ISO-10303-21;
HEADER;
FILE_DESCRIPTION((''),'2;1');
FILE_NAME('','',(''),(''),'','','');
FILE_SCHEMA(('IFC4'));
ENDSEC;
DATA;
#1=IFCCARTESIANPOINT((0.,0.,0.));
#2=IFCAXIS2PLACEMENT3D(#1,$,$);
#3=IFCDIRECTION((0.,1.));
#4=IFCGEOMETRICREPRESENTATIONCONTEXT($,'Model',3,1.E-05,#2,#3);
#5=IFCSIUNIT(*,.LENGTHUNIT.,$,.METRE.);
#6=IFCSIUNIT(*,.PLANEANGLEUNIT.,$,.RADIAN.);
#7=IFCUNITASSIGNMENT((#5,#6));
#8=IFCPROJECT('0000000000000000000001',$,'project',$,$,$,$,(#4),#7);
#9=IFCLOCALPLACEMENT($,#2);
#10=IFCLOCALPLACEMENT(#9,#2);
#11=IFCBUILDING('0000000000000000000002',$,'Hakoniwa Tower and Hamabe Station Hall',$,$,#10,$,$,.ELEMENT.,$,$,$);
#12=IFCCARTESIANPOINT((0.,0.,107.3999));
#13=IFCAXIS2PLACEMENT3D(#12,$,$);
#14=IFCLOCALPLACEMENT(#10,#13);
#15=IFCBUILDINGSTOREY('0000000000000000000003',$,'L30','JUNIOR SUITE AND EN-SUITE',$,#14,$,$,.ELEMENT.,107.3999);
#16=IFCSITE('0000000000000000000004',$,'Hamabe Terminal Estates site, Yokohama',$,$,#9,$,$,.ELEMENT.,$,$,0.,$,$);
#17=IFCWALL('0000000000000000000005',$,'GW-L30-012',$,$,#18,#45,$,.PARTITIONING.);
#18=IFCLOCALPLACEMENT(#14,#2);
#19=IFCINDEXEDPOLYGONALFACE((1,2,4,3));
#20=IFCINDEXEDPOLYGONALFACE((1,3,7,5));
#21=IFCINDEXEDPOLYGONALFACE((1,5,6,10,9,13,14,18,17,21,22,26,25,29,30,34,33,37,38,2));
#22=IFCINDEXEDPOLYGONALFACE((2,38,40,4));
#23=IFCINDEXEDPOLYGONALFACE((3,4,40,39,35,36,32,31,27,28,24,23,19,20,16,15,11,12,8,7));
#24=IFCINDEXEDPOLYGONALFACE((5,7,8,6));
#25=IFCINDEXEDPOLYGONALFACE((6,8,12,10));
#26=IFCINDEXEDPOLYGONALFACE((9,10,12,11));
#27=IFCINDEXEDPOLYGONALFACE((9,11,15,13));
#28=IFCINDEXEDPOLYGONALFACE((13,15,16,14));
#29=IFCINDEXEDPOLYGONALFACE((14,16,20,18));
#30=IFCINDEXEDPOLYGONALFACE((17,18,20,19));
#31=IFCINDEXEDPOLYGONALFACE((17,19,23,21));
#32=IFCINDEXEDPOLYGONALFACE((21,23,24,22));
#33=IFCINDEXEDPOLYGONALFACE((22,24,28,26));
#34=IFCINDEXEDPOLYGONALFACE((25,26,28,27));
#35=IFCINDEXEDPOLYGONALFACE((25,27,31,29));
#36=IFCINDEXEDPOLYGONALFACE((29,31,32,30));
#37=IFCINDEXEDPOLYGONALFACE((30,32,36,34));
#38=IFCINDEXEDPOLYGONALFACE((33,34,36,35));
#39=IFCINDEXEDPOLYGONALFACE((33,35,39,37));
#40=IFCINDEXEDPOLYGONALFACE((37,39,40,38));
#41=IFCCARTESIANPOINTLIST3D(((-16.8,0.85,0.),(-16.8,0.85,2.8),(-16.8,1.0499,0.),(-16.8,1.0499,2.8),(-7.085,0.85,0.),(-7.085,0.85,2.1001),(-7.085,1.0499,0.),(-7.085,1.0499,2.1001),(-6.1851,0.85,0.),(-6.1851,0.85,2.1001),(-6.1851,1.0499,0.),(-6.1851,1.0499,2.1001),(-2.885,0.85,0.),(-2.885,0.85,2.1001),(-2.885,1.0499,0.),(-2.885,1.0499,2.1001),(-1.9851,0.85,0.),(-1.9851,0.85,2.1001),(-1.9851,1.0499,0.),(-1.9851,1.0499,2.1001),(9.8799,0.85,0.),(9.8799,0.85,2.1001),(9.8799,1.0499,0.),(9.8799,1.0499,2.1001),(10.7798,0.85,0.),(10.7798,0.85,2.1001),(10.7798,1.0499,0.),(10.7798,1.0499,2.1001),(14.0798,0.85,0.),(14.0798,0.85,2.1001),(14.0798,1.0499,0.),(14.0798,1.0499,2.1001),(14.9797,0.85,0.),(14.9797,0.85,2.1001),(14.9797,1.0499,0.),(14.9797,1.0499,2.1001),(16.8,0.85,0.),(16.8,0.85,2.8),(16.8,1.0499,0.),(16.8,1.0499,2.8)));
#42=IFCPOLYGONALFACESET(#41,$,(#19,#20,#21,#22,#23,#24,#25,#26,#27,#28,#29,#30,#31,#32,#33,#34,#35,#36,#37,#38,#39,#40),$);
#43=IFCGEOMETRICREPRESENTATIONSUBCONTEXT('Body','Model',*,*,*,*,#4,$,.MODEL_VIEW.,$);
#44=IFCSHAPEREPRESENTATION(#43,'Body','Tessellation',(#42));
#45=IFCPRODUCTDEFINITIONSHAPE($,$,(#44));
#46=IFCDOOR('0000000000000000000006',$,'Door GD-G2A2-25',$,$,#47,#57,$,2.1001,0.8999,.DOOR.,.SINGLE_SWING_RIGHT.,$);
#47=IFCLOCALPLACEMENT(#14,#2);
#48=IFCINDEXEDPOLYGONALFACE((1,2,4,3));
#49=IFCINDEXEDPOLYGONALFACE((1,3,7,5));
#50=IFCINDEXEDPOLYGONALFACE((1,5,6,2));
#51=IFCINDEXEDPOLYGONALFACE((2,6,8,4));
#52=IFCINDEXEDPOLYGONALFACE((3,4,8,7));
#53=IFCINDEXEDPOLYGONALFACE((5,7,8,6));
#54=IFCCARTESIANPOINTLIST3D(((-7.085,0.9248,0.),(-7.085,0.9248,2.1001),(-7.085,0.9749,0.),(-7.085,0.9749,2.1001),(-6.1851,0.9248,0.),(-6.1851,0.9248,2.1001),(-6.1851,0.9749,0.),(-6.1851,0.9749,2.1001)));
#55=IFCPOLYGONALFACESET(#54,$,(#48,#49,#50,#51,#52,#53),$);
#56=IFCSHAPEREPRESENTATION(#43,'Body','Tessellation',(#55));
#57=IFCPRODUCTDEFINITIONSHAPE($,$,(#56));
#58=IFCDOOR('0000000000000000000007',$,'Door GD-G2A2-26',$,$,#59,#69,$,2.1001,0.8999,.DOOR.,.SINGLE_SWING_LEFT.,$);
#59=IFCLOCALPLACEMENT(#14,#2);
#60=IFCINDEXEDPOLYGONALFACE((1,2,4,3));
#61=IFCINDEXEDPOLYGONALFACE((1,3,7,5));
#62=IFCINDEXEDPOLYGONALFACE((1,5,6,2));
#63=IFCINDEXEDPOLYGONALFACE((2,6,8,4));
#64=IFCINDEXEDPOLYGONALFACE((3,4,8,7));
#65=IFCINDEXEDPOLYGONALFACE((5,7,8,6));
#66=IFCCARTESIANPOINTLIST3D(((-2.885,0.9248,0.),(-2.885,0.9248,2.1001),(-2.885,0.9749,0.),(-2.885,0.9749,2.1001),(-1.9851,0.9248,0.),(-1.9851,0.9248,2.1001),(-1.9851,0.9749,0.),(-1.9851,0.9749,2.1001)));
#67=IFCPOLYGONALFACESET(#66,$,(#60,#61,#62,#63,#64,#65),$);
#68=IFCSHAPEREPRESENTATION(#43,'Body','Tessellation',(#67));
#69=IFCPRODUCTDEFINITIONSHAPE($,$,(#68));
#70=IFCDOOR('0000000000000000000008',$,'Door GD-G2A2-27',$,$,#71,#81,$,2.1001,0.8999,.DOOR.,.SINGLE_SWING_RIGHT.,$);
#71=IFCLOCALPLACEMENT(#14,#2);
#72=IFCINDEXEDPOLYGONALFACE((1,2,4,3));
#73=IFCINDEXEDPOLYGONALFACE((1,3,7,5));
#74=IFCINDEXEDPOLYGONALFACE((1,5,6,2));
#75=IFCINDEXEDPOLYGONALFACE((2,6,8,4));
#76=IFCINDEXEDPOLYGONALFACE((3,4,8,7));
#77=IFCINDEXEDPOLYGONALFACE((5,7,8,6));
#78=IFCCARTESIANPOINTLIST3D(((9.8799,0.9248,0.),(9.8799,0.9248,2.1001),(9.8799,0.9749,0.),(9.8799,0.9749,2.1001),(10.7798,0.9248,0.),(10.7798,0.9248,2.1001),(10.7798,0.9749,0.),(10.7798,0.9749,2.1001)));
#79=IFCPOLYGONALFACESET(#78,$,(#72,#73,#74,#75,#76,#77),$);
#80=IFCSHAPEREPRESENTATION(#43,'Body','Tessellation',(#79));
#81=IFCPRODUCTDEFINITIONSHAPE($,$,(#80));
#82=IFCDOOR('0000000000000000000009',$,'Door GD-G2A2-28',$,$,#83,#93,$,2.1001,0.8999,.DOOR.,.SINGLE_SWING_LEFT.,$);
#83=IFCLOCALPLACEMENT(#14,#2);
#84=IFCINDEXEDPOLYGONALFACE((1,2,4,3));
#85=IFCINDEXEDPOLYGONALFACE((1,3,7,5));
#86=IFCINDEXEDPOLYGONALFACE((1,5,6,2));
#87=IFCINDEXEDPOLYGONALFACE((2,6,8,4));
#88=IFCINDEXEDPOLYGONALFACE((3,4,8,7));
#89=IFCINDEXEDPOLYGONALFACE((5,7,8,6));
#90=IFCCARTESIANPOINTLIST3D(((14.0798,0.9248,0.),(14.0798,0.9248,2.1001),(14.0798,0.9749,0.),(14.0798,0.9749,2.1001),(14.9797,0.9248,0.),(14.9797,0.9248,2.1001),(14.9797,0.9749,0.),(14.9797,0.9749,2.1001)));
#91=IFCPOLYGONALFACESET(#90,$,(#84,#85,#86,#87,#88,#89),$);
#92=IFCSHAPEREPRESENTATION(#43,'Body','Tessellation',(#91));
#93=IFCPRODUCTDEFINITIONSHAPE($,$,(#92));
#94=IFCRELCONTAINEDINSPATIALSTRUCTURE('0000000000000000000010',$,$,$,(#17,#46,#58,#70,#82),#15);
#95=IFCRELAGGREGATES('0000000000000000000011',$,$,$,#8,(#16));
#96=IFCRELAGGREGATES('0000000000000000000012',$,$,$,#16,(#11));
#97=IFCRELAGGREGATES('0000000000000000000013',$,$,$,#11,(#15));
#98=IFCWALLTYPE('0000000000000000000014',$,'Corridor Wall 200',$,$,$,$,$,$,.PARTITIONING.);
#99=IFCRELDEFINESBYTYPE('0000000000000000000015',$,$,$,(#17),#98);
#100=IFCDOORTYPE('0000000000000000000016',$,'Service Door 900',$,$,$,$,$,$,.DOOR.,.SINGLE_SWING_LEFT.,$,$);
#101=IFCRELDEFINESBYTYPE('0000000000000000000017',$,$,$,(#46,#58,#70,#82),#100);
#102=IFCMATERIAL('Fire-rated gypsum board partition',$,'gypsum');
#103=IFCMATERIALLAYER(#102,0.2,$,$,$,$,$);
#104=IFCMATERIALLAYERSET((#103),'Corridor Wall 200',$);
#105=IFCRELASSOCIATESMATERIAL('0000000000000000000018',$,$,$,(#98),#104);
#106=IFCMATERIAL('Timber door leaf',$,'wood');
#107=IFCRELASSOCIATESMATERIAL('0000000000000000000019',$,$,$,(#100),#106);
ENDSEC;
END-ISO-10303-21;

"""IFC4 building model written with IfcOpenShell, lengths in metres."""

from ifc_helpers import new_model, si_unit, direction, frame, frame_2d, origin, place, context, subcontext, project, spatial, rectangle, extrude, material, layer, layer_set, type_object, element, fill, save


model = new_model("IFC4")

# Units and contexts
model_context = context("Model", 3, precision=1e-05, world=origin(), true_north=direction((0.0, 1.0)))
body_context = subcontext(model_context, "Body", "Model", "MODEL_VIEW")
ifc_project = project(units=[si_unit("LENGTHUNIT", "METRE"), si_unit("PLANEANGLEUNIT", "RADIAN")], contexts=[model_context])

# Site, building, storey
site_placement = place(None, origin())
site = spatial("IfcSite", under=ifc_project, at=site_placement, Name="Hamabe Terminal Estates site, Yokohama", CompositionType="ELEMENT", RefElevation=0.0)
building_placement = place(site_placement, origin())
building = spatial("IfcBuilding", under=site, at=building_placement, Name="Hakoniwa Tower and Hamabe Station Hall", CompositionType="ELEMENT")
storey_placement = place(building_placement, frame((0.0, 0.0, 107.3999)))
storey = spatial("IfcBuildingStorey", under=building, at=storey_placement, Name="L30", Description="JUNIOR SUITE AND EN-SUITE", CompositionType="ELEMENT", Elevation=107.3999)

# Wall, openings, doors
ifc_material_1 = material(Name="Fire-rated gypsum board partition", Category="gypsum")
ifc_layer_1 = layer(ifc_material_1, 0.2)
ifc_layer_set_1 = layer_set([ifc_layer_1], Name="Corridor Wall 200")
wall_type_1 = type_object("IfcWallType", Name="Corridor Wall 200", PredefinedType="PARTITIONING", material=ifc_layer_set_1)
wall_1_placement = place(storey_placement, frame((-16.8, 0.95, 0.0), z_axis=(0.0, 0.0, 1.0), x_axis=(1.0, 0.0, 0.0)))
wall_1 = element("IfcWall", 1, at=wall_1_placement, inside=storey, type_object=wall_type_1, Name="GW-L30-012", PredefinedType="PARTITIONING", context=body_context, shape_type="SweptSolid", body=[
    extrude(rectangle(XDim=33.6001, YDim=0.2, at=frame_2d((16.8, 0.0))), origin(), (0.0, 0.0, 1.0), 2.8),
])
opening_1_placement = place(wall_1_placement, frame((9.7151, 0.0, 0.0)))
opening_1 = element("IfcOpeningElement", 2, at=opening_1_placement, cuts=wall_1, PredefinedType="OPENING", context=body_context, shape_type="SweptSolid", body=[
    extrude(rectangle(XDim=0.8999, YDim=2.1001, at=frame_2d((0.45, 1.05))), frame((0.0, 0.1099, 0.0), z_axis=(0.0, -1.0, 0.0), x_axis=(1.0, 0.0, 0.0)), (0.0, 0.0, 1.0), 0.22),
])
opening_2_placement = place(wall_1_placement, frame((13.915, 0.0, 0.0)))
opening_2 = element("IfcOpeningElement", 3, at=opening_2_placement, cuts=wall_1, PredefinedType="OPENING", context=body_context, shape_type="SweptSolid", body=[
    extrude(rectangle(XDim=0.8999, YDim=2.1001, at=frame_2d((0.45, 1.05))), frame((0.0, 0.1099, 0.0), z_axis=(0.0, -1.0, 0.0), x_axis=(1.0, 0.0, 0.0)), (0.0, 0.0, 1.0), 0.22),
])
opening_3_placement = place(wall_1_placement, frame((26.6799, 0.0, 0.0)))
opening_3 = element("IfcOpeningElement", 4, at=opening_3_placement, cuts=wall_1, PredefinedType="OPENING", context=body_context, shape_type="SweptSolid", body=[
    extrude(rectangle(XDim=0.8999, YDim=2.1001, at=frame_2d((0.45, 1.05))), frame((0.0, 0.1099, 0.0), z_axis=(0.0, -1.0, 0.0), x_axis=(1.0, 0.0, 0.0)), (0.0, 0.0, 1.0), 0.22),
])
opening_4_placement = place(wall_1_placement, frame((30.8799, 0.0, 0.0)))
opening_4 = element("IfcOpeningElement", 5, at=opening_4_placement, cuts=wall_1, PredefinedType="OPENING", context=body_context, shape_type="SweptSolid", body=[
    extrude(rectangle(XDim=0.8999, YDim=2.1001, at=frame_2d((0.45, 1.05))), frame((0.0, 0.1099, 0.0), z_axis=(0.0, -1.0, 0.0), x_axis=(1.0, 0.0, 0.0)), (0.0, 0.0, 1.0), 0.22),
])
ifc_material_2 = material(Name="Timber door leaf", Category="wood")
door_type_1 = type_object("IfcDoorType", Name="Service Door 900", OperationType="SINGLE_SWING_LEFT", PredefinedType="DOOR", material=ifc_material_2)
door_1_placement = place(opening_1_placement, origin())
door_1 = element("IfcDoor", 6, at=door_1_placement, inside=storey, type_object=door_type_1, Name="Door GD-G2A2-25", OperationType="SINGLE_SWING_RIGHT", OverallHeight=2.1001, OverallWidth=0.8999, PredefinedType="DOOR", context=body_context, shape_type="SweptSolid", body=[
    extrude(rectangle(XDim=0.8999, YDim=2.1001, at=frame_2d((0.45, 1.05))), frame((0.0, 0.0249, 0.0), z_axis=(0.0, -1.0, 0.0), x_axis=(1.0, 0.0, 0.0)), (0.0, 0.0, 1.0), 0.05),
])
fill(opening_1, door_1)
door_2_placement = place(opening_2_placement, origin())
door_2 = element("IfcDoor", 7, at=door_2_placement, inside=storey, type_object=door_type_1, Name="Door GD-G2A2-26", OperationType="SINGLE_SWING_LEFT", OverallHeight=2.1001, OverallWidth=0.8999, PredefinedType="DOOR", context=body_context, shape_type="SweptSolid", body=[
    extrude(rectangle(XDim=0.8999, YDim=2.1001, at=frame_2d((0.45, 1.05))), frame((0.0, 0.0249, 0.0), z_axis=(0.0, -1.0, 0.0), x_axis=(1.0, 0.0, 0.0)), (0.0, 0.0, 1.0), 0.05),
])
fill(opening_2, door_2)
door_3_placement = place(opening_3_placement, origin())
door_3 = element("IfcDoor", 8, at=door_3_placement, inside=storey, type_object=door_type_1, Name="Door GD-G2A2-27", OperationType="SINGLE_SWING_RIGHT", OverallHeight=2.1001, OverallWidth=0.8999, PredefinedType="DOOR", context=body_context, shape_type="SweptSolid", body=[
    extrude(rectangle(XDim=0.8999, YDim=2.1001, at=frame_2d((0.45, 1.05))), frame((0.0, 0.0249, 0.0), z_axis=(0.0, -1.0, 0.0), x_axis=(1.0, 0.0, 0.0)), (0.0, 0.0, 1.0), 0.05),
])
fill(opening_3, door_3)
door_4_placement = place(opening_4_placement, origin())
door_4 = element("IfcDoor", 9, at=door_4_placement, inside=storey, type_object=door_type_1, Name="Door GD-G2A2-28", OperationType="SINGLE_SWING_LEFT", OverallHeight=2.1001, OverallWidth=0.8999, PredefinedType="DOOR", context=body_context, shape_type="SweptSolid", body=[
    extrude(rectangle(XDim=0.8999, YDim=2.1001, at=frame_2d((0.45, 1.05))), frame((0.0, 0.0249, 0.0), z_axis=(0.0, -1.0, 0.0), x_axis=(1.0, 0.0, 0.0)), (0.0, 0.0, 1.0), 0.05),
])
fill(opening_4, door_4)

save(model, "model.ifc")
